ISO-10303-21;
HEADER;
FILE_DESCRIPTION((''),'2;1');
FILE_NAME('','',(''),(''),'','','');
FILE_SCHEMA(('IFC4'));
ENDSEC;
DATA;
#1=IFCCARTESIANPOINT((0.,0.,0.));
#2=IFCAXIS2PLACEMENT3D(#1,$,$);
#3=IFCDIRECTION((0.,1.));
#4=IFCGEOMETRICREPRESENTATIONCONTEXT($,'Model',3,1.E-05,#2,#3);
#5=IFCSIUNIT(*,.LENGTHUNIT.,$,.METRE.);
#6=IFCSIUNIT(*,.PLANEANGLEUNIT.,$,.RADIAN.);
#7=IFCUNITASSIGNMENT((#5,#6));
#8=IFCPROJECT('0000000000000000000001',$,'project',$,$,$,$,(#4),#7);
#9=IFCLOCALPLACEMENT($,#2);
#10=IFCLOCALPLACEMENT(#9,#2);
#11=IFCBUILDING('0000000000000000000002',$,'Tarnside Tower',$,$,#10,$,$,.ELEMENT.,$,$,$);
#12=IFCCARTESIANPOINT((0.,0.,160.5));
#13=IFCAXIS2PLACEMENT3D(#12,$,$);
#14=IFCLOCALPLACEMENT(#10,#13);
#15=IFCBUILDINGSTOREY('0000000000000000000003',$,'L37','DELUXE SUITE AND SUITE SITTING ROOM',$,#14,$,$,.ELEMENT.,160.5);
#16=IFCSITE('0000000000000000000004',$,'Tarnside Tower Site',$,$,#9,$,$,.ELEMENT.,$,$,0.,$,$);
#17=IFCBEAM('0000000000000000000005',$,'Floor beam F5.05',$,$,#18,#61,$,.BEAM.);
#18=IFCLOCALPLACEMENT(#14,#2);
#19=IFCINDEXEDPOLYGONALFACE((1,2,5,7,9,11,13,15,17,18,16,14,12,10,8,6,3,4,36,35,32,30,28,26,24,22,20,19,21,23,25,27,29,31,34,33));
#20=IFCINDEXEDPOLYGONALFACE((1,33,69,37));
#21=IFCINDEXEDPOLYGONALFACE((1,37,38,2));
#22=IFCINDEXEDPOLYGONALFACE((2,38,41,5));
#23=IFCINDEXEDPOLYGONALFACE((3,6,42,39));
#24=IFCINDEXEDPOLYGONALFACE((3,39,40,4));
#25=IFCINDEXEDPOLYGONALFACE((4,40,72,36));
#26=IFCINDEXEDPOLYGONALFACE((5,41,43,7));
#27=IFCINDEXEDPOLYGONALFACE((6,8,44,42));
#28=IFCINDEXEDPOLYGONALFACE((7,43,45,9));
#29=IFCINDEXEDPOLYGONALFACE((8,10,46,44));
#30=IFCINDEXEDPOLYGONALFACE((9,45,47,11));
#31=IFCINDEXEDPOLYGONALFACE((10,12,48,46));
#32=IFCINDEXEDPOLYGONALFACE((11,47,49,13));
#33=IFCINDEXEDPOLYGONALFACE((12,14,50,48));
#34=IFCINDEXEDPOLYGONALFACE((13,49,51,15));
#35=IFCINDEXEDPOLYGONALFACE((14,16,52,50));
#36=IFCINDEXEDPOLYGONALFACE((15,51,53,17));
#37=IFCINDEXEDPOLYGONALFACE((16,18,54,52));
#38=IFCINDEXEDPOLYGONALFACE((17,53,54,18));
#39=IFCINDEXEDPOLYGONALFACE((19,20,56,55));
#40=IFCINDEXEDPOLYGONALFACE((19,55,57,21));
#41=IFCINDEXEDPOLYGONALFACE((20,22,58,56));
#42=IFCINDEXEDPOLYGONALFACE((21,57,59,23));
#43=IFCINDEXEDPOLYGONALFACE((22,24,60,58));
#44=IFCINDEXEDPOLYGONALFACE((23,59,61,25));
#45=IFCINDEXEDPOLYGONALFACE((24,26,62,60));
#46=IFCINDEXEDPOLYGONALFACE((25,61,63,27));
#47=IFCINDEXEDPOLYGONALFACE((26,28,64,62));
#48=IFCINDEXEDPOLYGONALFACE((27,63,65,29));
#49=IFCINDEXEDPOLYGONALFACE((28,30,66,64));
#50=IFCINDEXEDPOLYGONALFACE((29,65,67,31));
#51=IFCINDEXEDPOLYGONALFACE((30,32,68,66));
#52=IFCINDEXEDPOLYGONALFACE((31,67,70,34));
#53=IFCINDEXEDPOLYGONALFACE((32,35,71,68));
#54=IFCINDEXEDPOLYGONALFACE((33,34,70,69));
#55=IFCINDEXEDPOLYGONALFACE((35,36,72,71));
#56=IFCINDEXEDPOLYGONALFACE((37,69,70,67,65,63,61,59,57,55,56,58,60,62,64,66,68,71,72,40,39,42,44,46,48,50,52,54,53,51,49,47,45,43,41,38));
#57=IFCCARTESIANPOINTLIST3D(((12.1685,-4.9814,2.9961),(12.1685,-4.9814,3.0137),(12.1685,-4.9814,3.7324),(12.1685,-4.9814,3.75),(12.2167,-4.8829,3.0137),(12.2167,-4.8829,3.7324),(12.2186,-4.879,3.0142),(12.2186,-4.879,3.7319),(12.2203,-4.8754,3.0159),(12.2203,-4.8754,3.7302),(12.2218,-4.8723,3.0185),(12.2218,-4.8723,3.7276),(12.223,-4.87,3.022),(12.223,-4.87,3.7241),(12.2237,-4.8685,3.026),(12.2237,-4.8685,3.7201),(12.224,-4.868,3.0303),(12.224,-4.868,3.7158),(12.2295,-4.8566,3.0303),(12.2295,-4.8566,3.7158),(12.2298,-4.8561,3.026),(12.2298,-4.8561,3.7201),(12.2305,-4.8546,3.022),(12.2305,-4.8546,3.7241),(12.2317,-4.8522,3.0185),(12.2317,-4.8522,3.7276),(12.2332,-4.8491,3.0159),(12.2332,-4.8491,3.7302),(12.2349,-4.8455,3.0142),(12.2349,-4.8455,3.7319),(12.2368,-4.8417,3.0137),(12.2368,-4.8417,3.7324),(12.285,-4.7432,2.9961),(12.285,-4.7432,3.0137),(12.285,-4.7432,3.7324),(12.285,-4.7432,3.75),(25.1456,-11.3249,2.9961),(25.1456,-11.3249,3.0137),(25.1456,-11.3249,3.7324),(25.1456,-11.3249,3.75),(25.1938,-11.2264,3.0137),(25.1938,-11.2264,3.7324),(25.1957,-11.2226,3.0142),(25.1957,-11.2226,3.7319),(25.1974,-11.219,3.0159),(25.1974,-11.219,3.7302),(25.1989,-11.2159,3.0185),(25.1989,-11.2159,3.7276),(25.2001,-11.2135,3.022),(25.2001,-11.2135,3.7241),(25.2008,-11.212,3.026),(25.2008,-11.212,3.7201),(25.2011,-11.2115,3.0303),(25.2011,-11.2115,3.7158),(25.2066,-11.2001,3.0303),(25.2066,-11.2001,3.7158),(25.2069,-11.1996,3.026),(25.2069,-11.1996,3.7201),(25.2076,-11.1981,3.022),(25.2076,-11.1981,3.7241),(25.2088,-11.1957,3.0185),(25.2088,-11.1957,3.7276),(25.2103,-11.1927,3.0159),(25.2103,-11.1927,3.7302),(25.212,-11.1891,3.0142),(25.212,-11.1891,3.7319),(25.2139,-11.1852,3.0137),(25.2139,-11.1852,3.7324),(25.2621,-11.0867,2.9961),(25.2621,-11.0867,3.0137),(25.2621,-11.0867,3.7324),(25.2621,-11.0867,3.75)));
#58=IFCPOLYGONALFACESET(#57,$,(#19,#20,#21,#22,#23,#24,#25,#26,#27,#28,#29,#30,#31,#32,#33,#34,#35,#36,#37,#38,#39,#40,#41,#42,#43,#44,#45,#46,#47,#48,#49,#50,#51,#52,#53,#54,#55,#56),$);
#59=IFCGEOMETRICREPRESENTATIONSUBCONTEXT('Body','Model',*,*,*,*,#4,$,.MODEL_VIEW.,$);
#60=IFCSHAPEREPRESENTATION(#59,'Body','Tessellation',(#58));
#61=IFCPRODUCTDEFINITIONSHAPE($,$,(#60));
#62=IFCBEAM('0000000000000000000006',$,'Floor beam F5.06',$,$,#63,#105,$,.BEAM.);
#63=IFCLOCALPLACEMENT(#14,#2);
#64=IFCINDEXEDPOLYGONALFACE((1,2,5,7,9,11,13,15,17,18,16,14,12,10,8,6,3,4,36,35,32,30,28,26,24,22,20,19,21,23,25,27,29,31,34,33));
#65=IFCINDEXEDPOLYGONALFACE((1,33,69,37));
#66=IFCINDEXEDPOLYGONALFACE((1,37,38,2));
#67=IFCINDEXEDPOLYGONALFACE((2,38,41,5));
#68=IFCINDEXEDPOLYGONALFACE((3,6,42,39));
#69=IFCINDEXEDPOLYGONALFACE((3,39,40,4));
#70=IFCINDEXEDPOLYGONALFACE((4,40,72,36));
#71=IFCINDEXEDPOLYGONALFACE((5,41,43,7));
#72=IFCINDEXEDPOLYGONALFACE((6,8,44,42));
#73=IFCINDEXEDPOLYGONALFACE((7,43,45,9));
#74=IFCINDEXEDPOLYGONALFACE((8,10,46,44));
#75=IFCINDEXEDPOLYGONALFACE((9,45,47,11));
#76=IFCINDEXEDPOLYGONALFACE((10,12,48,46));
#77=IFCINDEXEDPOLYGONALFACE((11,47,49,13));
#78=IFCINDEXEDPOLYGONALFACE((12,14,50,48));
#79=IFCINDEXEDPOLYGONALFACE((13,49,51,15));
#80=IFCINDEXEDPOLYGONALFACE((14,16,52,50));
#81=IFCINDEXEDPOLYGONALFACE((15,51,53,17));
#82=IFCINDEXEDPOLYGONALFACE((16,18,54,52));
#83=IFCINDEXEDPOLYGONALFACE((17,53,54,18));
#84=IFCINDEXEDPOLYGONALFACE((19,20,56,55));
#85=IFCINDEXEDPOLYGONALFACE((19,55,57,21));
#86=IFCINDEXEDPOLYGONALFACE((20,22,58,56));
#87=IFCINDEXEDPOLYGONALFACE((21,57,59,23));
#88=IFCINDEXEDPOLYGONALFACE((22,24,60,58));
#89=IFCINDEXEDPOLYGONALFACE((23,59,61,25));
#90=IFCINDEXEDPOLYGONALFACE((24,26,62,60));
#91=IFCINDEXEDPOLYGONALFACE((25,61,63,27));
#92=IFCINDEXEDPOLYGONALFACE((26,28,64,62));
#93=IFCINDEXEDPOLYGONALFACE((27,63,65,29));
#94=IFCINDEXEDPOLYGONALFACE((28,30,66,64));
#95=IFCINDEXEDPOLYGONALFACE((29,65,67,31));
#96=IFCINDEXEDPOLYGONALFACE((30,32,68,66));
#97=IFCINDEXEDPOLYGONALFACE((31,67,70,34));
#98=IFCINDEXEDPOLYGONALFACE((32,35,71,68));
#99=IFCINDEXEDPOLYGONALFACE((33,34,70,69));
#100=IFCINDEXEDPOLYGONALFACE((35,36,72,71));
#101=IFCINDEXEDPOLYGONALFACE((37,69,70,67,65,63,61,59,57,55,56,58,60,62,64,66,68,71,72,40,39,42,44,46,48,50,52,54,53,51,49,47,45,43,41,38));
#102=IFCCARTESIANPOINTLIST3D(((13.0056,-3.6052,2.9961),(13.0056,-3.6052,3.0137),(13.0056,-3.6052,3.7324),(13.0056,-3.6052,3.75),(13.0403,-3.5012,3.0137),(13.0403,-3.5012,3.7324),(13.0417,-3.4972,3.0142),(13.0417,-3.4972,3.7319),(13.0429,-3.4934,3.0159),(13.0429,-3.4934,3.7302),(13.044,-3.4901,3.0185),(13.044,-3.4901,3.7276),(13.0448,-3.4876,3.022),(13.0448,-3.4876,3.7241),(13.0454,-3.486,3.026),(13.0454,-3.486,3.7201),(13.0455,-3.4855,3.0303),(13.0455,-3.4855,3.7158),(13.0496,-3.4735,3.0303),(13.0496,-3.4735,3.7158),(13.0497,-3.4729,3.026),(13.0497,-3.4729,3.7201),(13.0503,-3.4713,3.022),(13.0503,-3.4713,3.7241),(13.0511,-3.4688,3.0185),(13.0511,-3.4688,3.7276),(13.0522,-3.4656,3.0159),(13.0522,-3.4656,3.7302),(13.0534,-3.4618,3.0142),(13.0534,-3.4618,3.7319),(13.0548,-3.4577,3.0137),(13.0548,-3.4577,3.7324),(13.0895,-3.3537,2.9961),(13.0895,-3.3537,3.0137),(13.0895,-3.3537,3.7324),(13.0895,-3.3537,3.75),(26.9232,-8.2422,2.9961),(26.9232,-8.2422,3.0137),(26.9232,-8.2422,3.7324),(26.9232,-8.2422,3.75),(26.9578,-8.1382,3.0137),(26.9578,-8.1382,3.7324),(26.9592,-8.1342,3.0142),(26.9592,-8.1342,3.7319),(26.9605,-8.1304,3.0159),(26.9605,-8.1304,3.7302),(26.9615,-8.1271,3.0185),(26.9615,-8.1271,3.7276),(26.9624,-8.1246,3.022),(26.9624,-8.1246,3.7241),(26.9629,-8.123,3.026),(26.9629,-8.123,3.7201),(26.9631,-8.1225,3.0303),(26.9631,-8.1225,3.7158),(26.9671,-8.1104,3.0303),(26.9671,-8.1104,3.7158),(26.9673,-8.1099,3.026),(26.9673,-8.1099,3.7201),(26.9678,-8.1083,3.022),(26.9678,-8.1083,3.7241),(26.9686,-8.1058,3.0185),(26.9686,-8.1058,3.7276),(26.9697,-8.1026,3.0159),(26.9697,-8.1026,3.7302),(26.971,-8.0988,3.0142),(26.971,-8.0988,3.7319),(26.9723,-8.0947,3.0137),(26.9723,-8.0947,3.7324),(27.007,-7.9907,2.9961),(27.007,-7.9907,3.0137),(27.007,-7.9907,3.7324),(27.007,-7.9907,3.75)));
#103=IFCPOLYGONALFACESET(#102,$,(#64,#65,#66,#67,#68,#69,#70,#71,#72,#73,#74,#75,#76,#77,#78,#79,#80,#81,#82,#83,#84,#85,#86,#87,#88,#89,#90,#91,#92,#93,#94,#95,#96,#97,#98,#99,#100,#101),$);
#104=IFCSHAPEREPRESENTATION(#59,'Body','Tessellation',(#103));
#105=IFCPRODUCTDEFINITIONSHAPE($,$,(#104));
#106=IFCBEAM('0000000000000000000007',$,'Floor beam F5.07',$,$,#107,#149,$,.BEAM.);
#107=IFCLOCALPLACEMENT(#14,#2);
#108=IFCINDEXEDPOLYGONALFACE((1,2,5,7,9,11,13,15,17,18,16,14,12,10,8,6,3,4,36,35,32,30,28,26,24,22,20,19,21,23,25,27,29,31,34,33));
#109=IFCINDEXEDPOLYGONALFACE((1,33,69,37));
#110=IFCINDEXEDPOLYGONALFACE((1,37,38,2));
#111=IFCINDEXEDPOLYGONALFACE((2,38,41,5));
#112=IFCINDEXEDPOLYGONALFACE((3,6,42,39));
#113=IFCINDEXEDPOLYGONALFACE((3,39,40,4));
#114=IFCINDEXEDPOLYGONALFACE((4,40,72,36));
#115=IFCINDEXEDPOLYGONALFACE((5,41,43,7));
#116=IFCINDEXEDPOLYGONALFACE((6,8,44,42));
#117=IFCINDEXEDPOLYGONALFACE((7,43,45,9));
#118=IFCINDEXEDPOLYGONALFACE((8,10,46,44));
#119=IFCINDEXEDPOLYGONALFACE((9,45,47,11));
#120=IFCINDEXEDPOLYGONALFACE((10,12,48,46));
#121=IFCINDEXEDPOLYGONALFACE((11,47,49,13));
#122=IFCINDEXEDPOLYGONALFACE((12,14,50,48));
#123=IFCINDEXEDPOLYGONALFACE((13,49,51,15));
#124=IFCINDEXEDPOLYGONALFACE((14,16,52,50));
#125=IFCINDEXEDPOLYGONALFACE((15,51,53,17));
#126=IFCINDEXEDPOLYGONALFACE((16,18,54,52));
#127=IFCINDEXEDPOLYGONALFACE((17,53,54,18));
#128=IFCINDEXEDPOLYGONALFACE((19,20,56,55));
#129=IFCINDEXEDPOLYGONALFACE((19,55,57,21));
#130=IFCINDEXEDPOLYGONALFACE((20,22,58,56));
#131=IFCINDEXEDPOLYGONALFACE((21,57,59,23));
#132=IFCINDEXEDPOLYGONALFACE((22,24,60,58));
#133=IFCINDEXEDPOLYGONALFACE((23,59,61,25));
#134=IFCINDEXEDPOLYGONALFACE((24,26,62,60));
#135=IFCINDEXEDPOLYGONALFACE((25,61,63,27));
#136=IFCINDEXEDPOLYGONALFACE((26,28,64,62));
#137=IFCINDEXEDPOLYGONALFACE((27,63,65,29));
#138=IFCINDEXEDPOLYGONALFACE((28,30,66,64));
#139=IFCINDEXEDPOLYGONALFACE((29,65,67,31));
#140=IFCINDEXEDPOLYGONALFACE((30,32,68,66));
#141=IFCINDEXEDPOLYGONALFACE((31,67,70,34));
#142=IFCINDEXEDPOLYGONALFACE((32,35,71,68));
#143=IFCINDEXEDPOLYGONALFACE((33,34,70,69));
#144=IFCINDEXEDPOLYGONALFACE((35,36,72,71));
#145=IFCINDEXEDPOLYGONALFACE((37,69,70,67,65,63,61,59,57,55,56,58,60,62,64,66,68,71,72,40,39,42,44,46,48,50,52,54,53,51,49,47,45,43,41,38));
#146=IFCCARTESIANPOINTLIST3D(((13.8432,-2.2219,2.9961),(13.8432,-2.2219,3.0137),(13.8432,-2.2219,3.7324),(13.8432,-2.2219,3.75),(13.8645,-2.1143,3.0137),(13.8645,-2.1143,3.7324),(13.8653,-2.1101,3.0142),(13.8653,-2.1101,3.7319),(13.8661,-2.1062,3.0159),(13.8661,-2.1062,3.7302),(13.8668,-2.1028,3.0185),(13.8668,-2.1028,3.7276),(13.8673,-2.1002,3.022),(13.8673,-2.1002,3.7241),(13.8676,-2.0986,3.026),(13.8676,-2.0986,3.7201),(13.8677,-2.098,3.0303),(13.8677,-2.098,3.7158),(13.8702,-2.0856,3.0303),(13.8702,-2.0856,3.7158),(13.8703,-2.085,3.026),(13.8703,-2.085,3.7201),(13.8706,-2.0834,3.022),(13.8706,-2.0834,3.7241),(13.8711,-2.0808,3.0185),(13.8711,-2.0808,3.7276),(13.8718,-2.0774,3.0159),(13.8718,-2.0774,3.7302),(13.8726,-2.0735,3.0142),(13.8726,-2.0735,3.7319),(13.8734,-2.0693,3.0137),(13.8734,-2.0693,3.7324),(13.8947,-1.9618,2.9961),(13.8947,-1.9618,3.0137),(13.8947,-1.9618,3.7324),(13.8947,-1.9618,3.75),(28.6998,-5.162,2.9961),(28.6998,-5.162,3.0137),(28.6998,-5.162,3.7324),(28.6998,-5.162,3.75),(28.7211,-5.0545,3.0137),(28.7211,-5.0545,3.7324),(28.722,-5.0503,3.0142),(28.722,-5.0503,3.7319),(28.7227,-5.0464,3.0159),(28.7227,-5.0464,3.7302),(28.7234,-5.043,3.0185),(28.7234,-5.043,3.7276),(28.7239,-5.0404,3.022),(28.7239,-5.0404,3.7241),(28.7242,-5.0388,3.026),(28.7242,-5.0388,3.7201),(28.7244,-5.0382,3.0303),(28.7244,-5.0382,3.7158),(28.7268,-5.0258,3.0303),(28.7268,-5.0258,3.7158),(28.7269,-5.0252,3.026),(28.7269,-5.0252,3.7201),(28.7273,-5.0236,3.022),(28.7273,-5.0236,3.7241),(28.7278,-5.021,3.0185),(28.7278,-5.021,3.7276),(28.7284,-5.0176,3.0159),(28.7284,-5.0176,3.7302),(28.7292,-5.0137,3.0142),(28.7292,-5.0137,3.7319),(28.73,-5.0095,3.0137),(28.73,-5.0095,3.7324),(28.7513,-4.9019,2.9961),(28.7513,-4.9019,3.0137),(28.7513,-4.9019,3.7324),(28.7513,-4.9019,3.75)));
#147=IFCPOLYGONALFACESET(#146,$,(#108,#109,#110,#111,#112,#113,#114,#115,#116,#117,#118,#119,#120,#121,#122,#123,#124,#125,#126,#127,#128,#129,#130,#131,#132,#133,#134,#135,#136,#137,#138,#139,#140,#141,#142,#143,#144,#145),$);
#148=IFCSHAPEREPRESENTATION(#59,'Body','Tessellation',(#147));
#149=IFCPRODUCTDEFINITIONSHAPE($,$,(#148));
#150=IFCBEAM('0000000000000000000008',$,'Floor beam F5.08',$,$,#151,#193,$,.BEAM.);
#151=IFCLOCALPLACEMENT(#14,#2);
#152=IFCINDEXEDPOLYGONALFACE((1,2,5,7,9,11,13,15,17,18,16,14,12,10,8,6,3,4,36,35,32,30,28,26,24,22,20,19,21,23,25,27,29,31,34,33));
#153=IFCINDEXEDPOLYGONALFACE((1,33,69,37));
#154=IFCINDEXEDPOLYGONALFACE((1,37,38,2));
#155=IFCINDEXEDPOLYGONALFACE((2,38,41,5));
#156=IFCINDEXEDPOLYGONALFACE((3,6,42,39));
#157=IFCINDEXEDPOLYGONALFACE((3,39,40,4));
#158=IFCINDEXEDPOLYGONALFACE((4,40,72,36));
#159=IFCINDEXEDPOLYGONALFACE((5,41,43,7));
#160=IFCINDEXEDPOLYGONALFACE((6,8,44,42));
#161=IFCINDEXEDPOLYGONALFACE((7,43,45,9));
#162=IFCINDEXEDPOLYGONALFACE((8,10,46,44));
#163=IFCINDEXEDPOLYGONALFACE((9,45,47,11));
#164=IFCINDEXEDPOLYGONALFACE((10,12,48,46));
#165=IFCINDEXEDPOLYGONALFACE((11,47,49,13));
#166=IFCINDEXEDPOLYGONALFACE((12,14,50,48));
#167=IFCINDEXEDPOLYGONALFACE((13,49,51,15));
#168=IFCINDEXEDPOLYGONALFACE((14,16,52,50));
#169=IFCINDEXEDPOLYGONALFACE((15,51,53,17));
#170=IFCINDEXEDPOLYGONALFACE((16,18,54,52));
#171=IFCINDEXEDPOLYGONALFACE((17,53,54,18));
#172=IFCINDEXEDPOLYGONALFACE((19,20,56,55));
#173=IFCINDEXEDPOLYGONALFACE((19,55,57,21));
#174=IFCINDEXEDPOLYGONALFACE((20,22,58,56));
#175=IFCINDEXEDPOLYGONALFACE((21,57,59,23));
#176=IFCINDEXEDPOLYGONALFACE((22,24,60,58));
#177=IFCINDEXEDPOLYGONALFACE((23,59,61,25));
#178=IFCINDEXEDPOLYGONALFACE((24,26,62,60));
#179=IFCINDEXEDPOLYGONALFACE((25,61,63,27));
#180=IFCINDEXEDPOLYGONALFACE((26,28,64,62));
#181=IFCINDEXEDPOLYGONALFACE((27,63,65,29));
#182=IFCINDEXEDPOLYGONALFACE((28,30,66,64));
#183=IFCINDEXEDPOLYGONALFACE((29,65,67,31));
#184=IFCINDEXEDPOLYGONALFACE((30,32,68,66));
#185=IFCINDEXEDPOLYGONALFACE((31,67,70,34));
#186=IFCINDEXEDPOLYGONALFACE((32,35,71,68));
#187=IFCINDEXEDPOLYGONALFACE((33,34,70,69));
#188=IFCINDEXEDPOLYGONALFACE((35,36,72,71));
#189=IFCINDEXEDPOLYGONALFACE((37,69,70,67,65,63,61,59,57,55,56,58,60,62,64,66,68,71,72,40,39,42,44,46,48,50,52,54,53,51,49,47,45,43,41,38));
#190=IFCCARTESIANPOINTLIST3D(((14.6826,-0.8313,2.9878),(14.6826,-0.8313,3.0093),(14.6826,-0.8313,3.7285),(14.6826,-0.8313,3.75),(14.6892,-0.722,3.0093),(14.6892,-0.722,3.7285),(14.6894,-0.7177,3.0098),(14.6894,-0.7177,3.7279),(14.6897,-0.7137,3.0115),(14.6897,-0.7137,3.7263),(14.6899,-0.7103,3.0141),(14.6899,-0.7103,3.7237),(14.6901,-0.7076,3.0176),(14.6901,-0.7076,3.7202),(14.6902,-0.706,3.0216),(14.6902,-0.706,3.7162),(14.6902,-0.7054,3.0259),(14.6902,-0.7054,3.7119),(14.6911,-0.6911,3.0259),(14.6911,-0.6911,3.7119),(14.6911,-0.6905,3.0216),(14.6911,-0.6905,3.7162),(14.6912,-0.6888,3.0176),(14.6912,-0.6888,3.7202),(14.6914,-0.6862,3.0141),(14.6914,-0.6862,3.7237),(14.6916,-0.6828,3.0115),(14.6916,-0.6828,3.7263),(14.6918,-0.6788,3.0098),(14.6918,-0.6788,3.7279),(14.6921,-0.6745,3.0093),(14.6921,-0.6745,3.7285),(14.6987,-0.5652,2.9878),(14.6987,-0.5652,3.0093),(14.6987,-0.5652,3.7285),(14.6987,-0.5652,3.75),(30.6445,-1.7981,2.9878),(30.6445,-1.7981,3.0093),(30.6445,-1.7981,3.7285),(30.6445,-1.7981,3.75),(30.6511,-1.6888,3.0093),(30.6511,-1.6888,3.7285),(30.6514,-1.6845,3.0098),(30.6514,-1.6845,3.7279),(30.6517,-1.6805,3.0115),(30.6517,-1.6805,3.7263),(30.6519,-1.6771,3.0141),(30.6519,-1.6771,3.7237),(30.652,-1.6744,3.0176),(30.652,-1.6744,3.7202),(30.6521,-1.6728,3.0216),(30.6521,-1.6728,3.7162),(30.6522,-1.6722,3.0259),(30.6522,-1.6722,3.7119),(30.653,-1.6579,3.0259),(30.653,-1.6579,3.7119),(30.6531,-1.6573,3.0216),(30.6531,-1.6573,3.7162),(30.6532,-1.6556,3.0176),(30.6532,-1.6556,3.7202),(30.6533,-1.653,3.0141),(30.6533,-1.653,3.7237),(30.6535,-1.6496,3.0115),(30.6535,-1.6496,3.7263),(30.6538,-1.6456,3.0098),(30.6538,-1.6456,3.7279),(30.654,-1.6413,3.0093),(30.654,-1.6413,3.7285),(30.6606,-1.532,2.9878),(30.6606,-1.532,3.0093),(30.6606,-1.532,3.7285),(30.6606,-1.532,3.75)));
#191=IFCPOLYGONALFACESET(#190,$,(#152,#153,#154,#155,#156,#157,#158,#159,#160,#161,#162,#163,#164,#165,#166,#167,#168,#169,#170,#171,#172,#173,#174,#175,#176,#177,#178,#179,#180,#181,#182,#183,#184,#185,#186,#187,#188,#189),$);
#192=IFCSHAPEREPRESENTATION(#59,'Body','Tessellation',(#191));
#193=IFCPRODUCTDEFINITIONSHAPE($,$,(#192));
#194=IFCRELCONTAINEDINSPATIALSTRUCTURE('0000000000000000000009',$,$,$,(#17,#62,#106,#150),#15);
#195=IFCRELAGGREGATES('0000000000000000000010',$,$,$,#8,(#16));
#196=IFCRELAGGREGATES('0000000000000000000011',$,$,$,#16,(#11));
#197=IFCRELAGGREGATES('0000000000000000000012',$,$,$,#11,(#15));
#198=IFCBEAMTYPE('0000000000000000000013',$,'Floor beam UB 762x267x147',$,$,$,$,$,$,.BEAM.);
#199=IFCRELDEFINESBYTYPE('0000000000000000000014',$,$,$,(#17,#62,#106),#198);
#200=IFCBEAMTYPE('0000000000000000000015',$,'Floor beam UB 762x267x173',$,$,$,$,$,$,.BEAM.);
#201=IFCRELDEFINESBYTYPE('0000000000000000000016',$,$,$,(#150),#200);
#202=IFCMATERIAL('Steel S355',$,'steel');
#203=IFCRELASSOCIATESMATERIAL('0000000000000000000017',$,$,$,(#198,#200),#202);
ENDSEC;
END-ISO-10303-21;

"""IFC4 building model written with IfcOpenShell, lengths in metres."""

from ifc_helpers import new_model, si_unit, direction, frame, origin, origin_2d, place, context, subcontext, project, spatial, i_section, extrude, material, material_profile, profile_set, type_object, element, save


model = new_model("IFC4")

# Units and contexts
model_context = context("Model", 3, precision=1e-05, world=origin(), true_north=direction((0.0, 1.0)))
body_context = subcontext(model_context, "Body", "Model", "MODEL_VIEW")
ifc_project = project(units=[si_unit("LENGTHUNIT", "METRE"), si_unit("PLANEANGLEUNIT", "RADIAN")], contexts=[model_context])

# Site, building, storey
site_placement = place(None, origin())
site = spatial("IfcSite", under=ifc_project, at=site_placement, Name="Tarnside Tower Site", CompositionType="ELEMENT", RefElevation=0.0)
building_placement = place(site_placement, origin())
building = spatial("IfcBuilding", under=site, at=building_placement, Name="Tarnside Tower", CompositionType="ELEMENT")
storey_placement = place(building_placement, frame((0.0, 0.0, 160.5)))
storey = spatial("IfcBuildingStorey", under=building, at=storey_placement, Name="L37", Description="DELUXE SUITE AND SUITE SITTING ROOM", CompositionType="ELEMENT", Elevation=160.5)

# Beams
ifc_material_1 = material(Name="Steel S355", Category="steel")
ifc_material_profile_1 = material_profile(ifc_material_1, i_section(OverallWidth=0.2651, OverallDepth=0.7539, WebThickness=0.0127, FlangeThickness=0.0176, FilletRadius=0.0166, at=origin_2d()), Name="UB 762x267x147")
ifc_profile_set_1 = profile_set([ifc_material_profile_1], Name="Steel S355")
beam_type_1 = type_object("IfcBeamType", Name="Floor beam UB 762x267x147", PredefinedType="BEAM", material=ifc_profile_set_1)
beam_1_placement = place(storey_placement, frame((25.2039, -11.2058, 3.373), z_axis=(-0.898407, 0.439164, 0.0), x_axis=(-0.439164, -0.898407, 0.0)))
element("IfcBeam", 1, at=beam_1_placement, inside=storey, type_object=beam_type_1, Name="Floor beam F5.05", PredefinedType="BEAM", context=body_context, shape_type="SweptSolid", body=[
    extrude(i_section(OverallWidth=0.2651, OverallDepth=0.7539, WebThickness=0.0127, FlangeThickness=0.0176, FilletRadius=0.0166, at=origin_2d()), origin(), (0.0, 0.0, 1.0), 14.4446),
])
beam_2_placement = place(storey_placement, frame((26.9651, -8.1165, 3.373), z_axis=(-0.948728, 0.316093, 0.0), x_axis=(-0.316093, -0.948728, 0.0)))
element("IfcBeam", 2, at=beam_2_placement, inside=storey, type_object=beam_type_1, Name="Floor beam F5.06", PredefinedType="BEAM", context=body_context, shape_type="SweptSolid", body=[
    extrude(i_section(OverallWidth=0.2651, OverallDepth=0.7539, WebThickness=0.0127, FlangeThickness=0.0176, FilletRadius=0.0166, at=origin_2d()), origin(), (0.0, 0.0, 1.0), 14.6697),
])
beam_3_placement = place(storey_placement, frame((28.7256, -5.032, 3.373), z_axis=(-0.980974, 0.194138, 0.0), x_axis=(-0.194138, -0.980974, 0.0)))
element("IfcBeam", 3, at=beam_3_placement, inside=storey, type_object=beam_type_1, Name="Floor beam F5.07", PredefinedType="BEAM", context=body_context, shape_type="SweptSolid", body=[
    extrude(i_section(OverallWidth=0.2651, OverallDepth=0.7539, WebThickness=0.0127, FlangeThickness=0.0176, FilletRadius=0.0166, at=origin_2d()), origin(), (0.0, 0.0, 1.0), 15.1448),
])
ifc_material_profile_2 = material_profile(ifc_material_1, i_section(OverallWidth=0.2666, OverallDepth=0.7622, WebThickness=0.0144, FlangeThickness=0.0215, FilletRadius=0.0166, at=origin_2d()), Name="UB 762x267x173")
ifc_profile_set_2 = profile_set([ifc_material_profile_2], Name="Steel S355")
beam_type_2 = type_object("IfcBeamType", Name="Floor beam UB 762x267x173", PredefinedType="BEAM", material=ifc_profile_set_2)
beam_4_placement = place(storey_placement, frame((30.6526, -1.665, 3.3689), z_axis=(-0.998171, 0.060458, 0.0), x_axis=(-0.060458, -0.998171, 0.0)))
element("IfcBeam", 4, at=beam_4_placement, inside=storey, type_object=beam_type_2, Name="Floor beam F5.08", PredefinedType="BEAM", context=body_context, shape_type="SweptSolid", body=[
    extrude(i_section(OverallWidth=0.2666, OverallDepth=0.7622, WebThickness=0.0144, FlangeThickness=0.0215, FilletRadius=0.0166, at=origin_2d()), origin(), (0.0, 0.0, 1.0), 15.9912),
])

save(model, "model.ifc")
